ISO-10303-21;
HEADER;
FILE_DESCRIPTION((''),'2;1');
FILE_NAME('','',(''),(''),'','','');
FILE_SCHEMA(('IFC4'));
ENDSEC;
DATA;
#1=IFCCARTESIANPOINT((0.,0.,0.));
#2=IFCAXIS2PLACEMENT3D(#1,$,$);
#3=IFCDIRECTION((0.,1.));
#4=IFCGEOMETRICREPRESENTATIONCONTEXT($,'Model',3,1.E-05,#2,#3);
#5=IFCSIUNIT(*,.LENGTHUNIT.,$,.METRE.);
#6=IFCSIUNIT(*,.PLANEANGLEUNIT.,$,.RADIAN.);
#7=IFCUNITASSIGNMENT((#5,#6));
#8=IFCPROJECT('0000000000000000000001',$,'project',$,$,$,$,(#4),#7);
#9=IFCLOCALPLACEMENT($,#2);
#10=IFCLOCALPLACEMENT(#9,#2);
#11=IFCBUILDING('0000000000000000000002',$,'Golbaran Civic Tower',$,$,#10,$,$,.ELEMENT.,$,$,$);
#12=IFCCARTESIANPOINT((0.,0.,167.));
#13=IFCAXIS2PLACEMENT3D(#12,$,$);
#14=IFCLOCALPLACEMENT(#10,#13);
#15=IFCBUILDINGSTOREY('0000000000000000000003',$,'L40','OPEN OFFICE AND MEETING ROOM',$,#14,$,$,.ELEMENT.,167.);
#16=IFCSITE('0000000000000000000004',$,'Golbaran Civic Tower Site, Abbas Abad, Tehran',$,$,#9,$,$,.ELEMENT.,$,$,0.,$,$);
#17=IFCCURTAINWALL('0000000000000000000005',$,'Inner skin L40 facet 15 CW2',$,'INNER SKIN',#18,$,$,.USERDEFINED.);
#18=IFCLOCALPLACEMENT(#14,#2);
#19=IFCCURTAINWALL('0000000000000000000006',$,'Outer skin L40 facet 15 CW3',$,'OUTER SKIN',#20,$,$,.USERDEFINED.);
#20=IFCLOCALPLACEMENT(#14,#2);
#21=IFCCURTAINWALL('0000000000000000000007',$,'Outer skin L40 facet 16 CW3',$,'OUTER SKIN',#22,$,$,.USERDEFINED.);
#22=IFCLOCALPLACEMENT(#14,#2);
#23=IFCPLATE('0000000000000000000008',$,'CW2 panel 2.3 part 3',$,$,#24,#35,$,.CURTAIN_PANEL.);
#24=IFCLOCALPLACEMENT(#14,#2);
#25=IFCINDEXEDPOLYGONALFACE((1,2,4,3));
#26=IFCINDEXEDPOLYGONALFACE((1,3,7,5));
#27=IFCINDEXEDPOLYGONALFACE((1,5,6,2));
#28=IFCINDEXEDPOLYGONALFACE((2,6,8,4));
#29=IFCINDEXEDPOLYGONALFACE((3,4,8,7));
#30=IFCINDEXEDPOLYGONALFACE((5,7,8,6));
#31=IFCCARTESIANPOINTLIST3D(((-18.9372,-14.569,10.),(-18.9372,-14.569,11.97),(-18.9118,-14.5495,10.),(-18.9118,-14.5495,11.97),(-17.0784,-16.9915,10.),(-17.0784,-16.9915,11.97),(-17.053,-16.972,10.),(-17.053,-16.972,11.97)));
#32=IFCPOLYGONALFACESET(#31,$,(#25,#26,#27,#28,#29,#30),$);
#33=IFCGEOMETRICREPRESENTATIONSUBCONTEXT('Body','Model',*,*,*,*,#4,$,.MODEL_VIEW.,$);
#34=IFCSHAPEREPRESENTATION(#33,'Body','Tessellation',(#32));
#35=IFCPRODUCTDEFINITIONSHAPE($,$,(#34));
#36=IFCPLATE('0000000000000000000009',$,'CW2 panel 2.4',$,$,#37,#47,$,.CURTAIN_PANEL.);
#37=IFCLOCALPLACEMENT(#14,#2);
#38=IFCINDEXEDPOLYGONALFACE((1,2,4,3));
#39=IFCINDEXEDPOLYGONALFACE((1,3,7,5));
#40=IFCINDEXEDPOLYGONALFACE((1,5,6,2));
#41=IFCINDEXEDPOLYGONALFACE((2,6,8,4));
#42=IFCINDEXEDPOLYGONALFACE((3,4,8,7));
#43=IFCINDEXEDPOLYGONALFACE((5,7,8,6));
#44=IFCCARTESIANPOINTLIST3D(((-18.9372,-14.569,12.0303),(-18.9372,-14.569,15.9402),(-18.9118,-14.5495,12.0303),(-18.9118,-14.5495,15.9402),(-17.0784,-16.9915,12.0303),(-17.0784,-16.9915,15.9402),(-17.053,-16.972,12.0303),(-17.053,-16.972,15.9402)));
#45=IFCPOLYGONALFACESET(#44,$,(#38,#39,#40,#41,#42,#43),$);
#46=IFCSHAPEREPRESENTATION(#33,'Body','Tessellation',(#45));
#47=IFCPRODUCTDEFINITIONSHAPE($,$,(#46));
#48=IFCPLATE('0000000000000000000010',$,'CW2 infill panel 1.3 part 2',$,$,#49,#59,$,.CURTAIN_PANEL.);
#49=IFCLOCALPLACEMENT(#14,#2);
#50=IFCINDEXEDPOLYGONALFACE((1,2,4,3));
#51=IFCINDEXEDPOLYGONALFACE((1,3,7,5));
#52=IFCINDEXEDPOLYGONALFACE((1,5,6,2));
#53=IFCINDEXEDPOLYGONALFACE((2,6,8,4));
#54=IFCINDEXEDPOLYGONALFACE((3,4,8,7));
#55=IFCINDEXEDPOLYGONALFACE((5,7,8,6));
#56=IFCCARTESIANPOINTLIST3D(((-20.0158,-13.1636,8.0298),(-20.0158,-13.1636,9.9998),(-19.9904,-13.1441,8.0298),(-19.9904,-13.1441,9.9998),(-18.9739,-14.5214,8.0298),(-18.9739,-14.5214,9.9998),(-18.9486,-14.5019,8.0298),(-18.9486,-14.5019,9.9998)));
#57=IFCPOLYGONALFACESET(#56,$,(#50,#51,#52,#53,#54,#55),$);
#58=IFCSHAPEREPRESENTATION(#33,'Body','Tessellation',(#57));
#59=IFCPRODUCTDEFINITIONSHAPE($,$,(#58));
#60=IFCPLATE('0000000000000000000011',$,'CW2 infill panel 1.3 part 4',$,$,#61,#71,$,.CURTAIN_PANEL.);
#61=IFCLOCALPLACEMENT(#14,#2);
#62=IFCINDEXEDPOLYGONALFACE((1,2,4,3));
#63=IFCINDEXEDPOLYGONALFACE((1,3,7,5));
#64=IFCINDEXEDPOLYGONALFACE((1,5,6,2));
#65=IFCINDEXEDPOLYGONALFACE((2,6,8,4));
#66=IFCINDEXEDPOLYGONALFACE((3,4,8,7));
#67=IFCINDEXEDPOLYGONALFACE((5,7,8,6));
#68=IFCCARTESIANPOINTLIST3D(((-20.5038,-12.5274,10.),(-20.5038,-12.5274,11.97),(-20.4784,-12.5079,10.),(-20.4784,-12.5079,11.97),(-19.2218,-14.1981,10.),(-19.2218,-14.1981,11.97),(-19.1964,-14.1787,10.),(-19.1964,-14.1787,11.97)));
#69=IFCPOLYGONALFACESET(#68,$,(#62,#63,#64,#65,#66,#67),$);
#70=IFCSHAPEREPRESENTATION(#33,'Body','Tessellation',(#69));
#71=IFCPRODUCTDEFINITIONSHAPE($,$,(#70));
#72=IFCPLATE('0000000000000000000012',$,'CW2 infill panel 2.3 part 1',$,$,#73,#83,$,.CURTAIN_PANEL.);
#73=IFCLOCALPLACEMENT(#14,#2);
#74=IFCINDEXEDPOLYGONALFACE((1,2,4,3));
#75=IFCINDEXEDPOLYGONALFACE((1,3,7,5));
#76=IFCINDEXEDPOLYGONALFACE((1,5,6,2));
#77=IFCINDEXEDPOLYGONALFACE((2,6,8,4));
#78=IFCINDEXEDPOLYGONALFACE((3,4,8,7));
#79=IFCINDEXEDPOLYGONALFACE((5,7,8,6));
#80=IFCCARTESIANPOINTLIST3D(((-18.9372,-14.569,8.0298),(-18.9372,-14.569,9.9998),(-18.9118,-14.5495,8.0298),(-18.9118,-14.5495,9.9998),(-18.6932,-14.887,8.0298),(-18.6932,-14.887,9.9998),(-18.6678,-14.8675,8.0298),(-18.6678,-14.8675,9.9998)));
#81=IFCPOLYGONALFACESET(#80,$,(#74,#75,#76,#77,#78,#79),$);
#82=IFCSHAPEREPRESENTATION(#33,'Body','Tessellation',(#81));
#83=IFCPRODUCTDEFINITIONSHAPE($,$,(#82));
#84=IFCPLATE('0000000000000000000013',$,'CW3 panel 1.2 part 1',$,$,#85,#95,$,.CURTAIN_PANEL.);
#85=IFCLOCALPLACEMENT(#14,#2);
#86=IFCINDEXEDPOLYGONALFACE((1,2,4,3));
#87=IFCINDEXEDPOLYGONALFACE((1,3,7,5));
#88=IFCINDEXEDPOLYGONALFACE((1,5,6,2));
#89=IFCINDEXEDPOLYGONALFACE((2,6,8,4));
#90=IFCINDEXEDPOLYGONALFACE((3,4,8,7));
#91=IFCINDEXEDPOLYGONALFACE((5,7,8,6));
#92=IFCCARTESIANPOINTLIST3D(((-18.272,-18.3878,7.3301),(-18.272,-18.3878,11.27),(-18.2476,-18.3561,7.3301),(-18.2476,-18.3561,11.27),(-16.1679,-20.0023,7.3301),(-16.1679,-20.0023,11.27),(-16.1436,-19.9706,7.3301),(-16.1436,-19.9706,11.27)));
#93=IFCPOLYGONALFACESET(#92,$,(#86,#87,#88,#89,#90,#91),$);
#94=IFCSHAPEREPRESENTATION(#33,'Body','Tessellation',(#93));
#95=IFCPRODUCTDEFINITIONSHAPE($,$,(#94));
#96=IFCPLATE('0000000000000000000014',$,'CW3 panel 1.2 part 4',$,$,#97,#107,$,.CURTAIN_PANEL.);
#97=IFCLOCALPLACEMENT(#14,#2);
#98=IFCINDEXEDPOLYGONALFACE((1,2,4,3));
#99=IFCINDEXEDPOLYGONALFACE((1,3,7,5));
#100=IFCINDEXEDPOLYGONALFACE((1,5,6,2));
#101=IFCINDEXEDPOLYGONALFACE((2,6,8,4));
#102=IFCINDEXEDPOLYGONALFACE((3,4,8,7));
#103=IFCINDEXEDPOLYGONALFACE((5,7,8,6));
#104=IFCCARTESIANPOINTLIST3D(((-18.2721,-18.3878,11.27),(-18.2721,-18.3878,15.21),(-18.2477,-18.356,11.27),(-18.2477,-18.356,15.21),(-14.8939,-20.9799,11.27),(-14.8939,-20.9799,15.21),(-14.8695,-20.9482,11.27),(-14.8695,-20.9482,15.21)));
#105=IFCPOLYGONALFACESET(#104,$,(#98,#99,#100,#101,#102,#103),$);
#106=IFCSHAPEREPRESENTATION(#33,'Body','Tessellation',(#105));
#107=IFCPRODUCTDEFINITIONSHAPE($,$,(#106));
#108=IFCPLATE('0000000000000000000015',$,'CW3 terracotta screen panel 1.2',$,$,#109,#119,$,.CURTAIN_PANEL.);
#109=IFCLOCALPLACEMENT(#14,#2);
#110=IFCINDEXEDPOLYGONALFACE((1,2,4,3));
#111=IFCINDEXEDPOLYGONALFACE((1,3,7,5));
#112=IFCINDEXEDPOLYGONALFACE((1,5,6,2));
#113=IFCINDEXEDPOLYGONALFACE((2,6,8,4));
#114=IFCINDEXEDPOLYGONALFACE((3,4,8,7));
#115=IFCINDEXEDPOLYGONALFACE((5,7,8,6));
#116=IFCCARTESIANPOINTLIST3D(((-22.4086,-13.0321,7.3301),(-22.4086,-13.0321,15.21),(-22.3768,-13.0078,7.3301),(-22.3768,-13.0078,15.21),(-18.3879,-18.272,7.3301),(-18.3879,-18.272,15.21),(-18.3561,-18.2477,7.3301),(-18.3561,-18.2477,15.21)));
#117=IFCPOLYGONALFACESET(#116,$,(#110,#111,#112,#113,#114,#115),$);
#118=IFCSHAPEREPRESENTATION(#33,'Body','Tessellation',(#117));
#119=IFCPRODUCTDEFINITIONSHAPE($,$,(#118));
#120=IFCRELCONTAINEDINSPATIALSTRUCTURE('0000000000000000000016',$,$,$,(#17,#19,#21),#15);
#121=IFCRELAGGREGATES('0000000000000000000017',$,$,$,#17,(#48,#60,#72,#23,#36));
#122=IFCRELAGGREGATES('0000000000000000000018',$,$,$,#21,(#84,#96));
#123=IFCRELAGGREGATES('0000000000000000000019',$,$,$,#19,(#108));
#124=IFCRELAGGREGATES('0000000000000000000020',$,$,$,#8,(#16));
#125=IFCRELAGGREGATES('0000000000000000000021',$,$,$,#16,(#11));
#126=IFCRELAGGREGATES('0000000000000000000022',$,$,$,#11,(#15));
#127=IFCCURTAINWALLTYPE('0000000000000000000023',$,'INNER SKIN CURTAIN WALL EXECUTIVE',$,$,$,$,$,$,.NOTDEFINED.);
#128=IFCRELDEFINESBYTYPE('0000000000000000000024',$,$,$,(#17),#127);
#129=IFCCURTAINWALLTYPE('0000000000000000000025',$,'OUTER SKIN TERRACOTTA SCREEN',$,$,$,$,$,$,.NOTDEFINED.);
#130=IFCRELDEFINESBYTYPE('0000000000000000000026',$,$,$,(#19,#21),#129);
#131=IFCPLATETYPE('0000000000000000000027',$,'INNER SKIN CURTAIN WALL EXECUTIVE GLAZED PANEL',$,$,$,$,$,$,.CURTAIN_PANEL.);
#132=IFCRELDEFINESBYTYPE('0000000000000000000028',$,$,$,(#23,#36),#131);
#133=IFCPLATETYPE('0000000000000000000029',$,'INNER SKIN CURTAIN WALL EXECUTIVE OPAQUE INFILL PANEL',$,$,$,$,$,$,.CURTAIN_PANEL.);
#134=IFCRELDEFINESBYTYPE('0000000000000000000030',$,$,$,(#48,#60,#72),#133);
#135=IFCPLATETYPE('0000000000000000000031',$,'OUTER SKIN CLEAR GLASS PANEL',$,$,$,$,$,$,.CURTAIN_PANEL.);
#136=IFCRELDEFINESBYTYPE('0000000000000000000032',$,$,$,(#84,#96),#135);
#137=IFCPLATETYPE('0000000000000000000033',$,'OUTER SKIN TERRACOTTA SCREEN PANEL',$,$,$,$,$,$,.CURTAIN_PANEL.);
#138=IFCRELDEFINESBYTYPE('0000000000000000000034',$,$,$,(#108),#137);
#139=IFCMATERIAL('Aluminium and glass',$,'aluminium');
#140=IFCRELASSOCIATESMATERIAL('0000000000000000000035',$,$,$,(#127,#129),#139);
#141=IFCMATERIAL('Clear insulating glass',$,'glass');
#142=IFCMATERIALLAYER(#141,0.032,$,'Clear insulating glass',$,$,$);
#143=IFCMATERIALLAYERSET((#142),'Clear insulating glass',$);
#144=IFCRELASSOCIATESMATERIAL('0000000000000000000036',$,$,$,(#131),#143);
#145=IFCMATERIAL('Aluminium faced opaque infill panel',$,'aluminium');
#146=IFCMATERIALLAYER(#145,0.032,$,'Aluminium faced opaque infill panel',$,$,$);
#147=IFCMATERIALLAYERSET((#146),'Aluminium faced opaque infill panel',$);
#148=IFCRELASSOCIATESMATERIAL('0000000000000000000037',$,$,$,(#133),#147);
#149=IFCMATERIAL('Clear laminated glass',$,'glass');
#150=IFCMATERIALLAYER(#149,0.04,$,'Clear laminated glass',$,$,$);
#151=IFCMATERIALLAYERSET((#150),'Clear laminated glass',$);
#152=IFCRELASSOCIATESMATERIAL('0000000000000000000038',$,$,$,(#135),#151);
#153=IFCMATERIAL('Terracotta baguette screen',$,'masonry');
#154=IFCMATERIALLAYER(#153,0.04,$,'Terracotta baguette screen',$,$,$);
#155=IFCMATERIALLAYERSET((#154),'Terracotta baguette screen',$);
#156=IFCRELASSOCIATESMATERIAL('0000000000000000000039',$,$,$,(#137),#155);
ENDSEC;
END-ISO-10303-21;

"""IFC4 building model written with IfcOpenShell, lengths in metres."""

from ifc_helpers import new_model, si_unit, direction, frame, origin, origin_2d, place, context, subcontext, project, spatial, rectangle, extrude, material, layer, layer_set, type_object, element, aggregate, save


model = new_model("IFC4")

# Units and contexts
model_context = context("Model", 3, precision=1e-05, world=origin(), true_north=direction((0.0, 1.0)))
body_context = subcontext(model_context, "Body", "Model", "MODEL_VIEW")
ifc_project = project(units=[si_unit("LENGTHUNIT", "METRE"), si_unit("PLANEANGLEUNIT", "RADIAN")], contexts=[model_context])

# Site, building, storey
site_placement = place(None, origin())
site = spatial("IfcSite", under=ifc_project, at=site_placement, Name="Golbaran Civic Tower Site, Abbas Abad, Tehran", CompositionType="ELEMENT", RefElevation=0.0)
building_placement = place(site_placement, origin())
building = spatial("IfcBuilding", under=site, at=building_placement, Name="Golbaran Civic Tower", CompositionType="ELEMENT")
storey_placement = place(building_placement, frame((0.0, 0.0, 167.0)))
storey = spatial("IfcBuildingStorey", under=building, at=storey_placement, Name="L40", Description="OPEN OFFICE AND MEETING ROOM", CompositionType="ELEMENT", Elevation=167.0)

# Curtain walls
ifc_material_1 = material(Name="Aluminium and glass", Category="aluminium")
curtain_wall_type_1 = type_object("IfcCurtainWallType", Name="INNER SKIN CURTAIN WALL EXECUTIVE", PredefinedType="NOTDEFINED", material=ifc_material_1)
curtain_wall_1_placement = place(storey_placement, origin())
curtain_wall_1 = element("IfcCurtainWall", 1, at=curtain_wall_1_placement, inside=storey, type_object=curtain_wall_type_1, Name="Inner skin L40 facet 15 CW2", ObjectType="INNER SKIN", PredefinedType="USERDEFINED")
curtain_wall_type_2 = type_object("IfcCurtainWallType", Name="OUTER SKIN TERRACOTTA SCREEN", PredefinedType="NOTDEFINED", material=ifc_material_1)
curtain_wall_2_placement = place(storey_placement, origin())
curtain_wall_2 = element("IfcCurtainWall", 2, at=curtain_wall_2_placement, inside=storey, type_object=curtain_wall_type_2, Name="Outer skin L40 facet 15 CW3", ObjectType="OUTER SKIN", PredefinedType="USERDEFINED")
curtain_wall_3_placement = place(storey_placement, origin())
curtain_wall_3 = element("IfcCurtainWall", 3, at=curtain_wall_3_placement, inside=storey, type_object=curtain_wall_type_2, Name="Outer skin L40 facet 16 CW3", ObjectType="OUTER SKIN", PredefinedType="USERDEFINED")

# Plates
ifc_material_2 = material(Name="Clear insulating glass", Category="glass")
ifc_layer_1 = layer(ifc_material_2, 0.032, Name="Clear insulating glass")
ifc_layer_set_1 = layer_set([ifc_layer_1], Name="Clear insulating glass")
plate_type_1 = type_object("IfcPlateType", Name="INNER SKIN CURTAIN WALL EXECUTIVE GLAZED PANEL", PredefinedType="CURTAIN_PANEL", material=ifc_layer_set_1)
plate_1_placement = place(storey_placement, frame((-17.9951, -15.7705, 10.0), z_axis=(0.0, 0.0, 1.0), x_axis=(0.608761, -0.793353, 0.0)))
plate_1 = element("IfcPlate", 4, at=plate_1_placement, type_object=plate_type_1, Name="CW2 panel 2.3 part 3", PredefinedType="CURTAIN_PANEL", context=body_context, shape_type="SweptSolid", body=[
    extrude(rectangle(XDim=3.0535, YDim=0.032, at=origin_2d()), origin(), (0.0, 0.0, 1.0), 1.97),
])
plate_2_placement = place(storey_placement, frame((-17.9951, -15.7705, 12.0303), z_axis=(0.0, 0.0, 1.0), x_axis=(0.608761, -0.793353, 0.0)))
plate_2 = element("IfcPlate", 5, at=plate_2_placement, type_object=plate_type_1, Name="CW2 panel 2.4", PredefinedType="CURTAIN_PANEL", context=body_context, shape_type="SweptSolid", body=[
    extrude(rectangle(XDim=3.0535, YDim=0.032, at=origin_2d()), origin(), (0.0, 0.0, 1.0), 3.9099),
])
ifc_material_3 = material(Name="Aluminium faced opaque infill panel", Category="aluminium")
ifc_layer_2 = layer(ifc_material_3, 0.032, Name="Aluminium faced opaque infill panel")
ifc_layer_set_2 = layer_set([ifc_layer_2], Name="Aluminium faced opaque infill panel")
plate_type_2 = type_object("IfcPlateType", Name="INNER SKIN CURTAIN WALL EXECUTIVE OPAQUE INFILL PANEL", PredefinedType="CURTAIN_PANEL", material=ifc_layer_set_2)
plate_3_placement = place(storey_placement, frame((-19.4822, -13.8328, 8.0298), z_axis=(0.0, 0.0, 1.0), x_axis=(0.608761, -0.793353, 0.0)))
plate_3 = element("IfcPlate", 6, at=plate_3_placement, type_object=plate_type_2, Name="CW2 infill panel 1.3 part 2", PredefinedType="CURTAIN_PANEL", context=body_context, shape_type="SweptSolid", body=[
    extrude(rectangle(XDim=1.7114, YDim=0.032, at=origin_2d()), origin(), (0.0, 0.0, 1.0), 1.97),
])
plate_4_placement = place(storey_placement, frame((-19.8501, -13.353, 10.0), z_axis=(0.0, 0.0, 1.0), x_axis=(0.608761, -0.793353, 0.0)))
plate_4 = element("IfcPlate", 7, at=plate_4_placement, type_object=plate_type_2, Name="CW2 infill panel 1.3 part 4", PredefinedType="CURTAIN_PANEL", context=body_context, shape_type="SweptSolid", body=[
    extrude(rectangle(XDim=2.106, YDim=0.032, at=origin_2d()), origin(), (0.0, 0.0, 1.0), 1.97),
])
plate_5_placement = place(storey_placement, frame((-18.8025, -14.7183, 8.0298), z_axis=(0.0, 0.0, 1.0), x_axis=(0.608761, -0.793353, 0.0)))
plate_5 = element("IfcPlate", 8, at=plate_5_placement, type_object=plate_type_2, Name="CW2 infill panel 2.3 part 1", PredefinedType="CURTAIN_PANEL", context=body_context, shape_type="SweptSolid", body=[
    extrude(rectangle(XDim=0.4009, YDim=0.032, at=origin_2d()), origin(), (0.0, 0.0, 1.0), 1.97),
])
aggregate(curtain_wall_1, [plate_3, plate_4, plate_5, plate_1, plate_2])
ifc_material_4 = material(Name="Clear laminated glass", Category="glass")
ifc_layer_3 = layer(ifc_material_4, 0.04, Name="Clear laminated glass")
ifc_layer_set_3 = layer_set([ifc_layer_3], Name="Clear laminated glass")
plate_type_3 = type_object("IfcPlateType", Name="OUTER SKIN CLEAR GLASS PANEL", PredefinedType="CURTAIN_PANEL", material=ifc_layer_set_3)
plate_6_placement = place(storey_placement, frame((-17.2078, -19.1792, 7.3301), z_axis=(0.0, 0.0, 1.0), x_axis=(0.793353, -0.608761, 0.0)))
plate_6 = element("IfcPlate", 9, at=plate_6_placement, type_object=plate_type_3, Name="CW3 panel 1.2 part 1", PredefinedType="CURTAIN_PANEL", context=body_context, shape_type="SweptSolid", body=[
    extrude(rectangle(XDim=2.6521, YDim=0.04, at=origin_2d()), origin(), (0.0, 0.0, 1.0), 3.9399),
])
plate_7_placement = place(storey_placement, frame((-16.5708, -19.668, 11.27), z_axis=(0.0, 0.0, 1.0), x_axis=(0.793353, -0.608761, 0.0)))
plate_7 = element("IfcPlate", 10, at=plate_7_placement, type_object=plate_type_3, Name="CW3 panel 1.2 part 4", PredefinedType="CURTAIN_PANEL", context=body_context, shape_type="SweptSolid", body=[
    extrude(rectangle(XDim=4.2581, YDim=0.04, at=origin_2d()), origin(), (0.0, 0.0, 1.0), 3.9399),
])
aggregate(curtain_wall_3, [plate_6, plate_7])
ifc_material_5 = material(Name="Terracotta baguette screen", Category="masonry")
ifc_layer_4 = layer(ifc_material_5, 0.04, Name="Terracotta baguette screen")
ifc_layer_set_4 = layer_set([ifc_layer_4], Name="Terracotta baguette screen")
plate_type_4 = type_object("IfcPlateType", Name="OUTER SKIN TERRACOTTA SCREEN PANEL", PredefinedType="CURTAIN_PANEL", material=ifc_layer_set_4)
plate_8_placement = place(storey_placement, frame((-20.3823, -15.6399, 7.3301), z_axis=(0.0, 0.0, 1.0), x_axis=(0.608761, -0.793353, 0.0)))
plate_8 = element("IfcPlate", 11, at=plate_8_placement, type_object=plate_type_4, Name="CW3 terracotta screen panel 1.2", PredefinedType="CURTAIN_PANEL", context=body_context, shape_type="SweptSolid", body=[
    extrude(rectangle(XDim=6.6047, YDim=0.04, at=origin_2d()), origin(), (0.0, 0.0, 1.0), 7.8799),
])
aggregate(curtain_wall_2, [plate_8])

save(model, "model.ifc")
